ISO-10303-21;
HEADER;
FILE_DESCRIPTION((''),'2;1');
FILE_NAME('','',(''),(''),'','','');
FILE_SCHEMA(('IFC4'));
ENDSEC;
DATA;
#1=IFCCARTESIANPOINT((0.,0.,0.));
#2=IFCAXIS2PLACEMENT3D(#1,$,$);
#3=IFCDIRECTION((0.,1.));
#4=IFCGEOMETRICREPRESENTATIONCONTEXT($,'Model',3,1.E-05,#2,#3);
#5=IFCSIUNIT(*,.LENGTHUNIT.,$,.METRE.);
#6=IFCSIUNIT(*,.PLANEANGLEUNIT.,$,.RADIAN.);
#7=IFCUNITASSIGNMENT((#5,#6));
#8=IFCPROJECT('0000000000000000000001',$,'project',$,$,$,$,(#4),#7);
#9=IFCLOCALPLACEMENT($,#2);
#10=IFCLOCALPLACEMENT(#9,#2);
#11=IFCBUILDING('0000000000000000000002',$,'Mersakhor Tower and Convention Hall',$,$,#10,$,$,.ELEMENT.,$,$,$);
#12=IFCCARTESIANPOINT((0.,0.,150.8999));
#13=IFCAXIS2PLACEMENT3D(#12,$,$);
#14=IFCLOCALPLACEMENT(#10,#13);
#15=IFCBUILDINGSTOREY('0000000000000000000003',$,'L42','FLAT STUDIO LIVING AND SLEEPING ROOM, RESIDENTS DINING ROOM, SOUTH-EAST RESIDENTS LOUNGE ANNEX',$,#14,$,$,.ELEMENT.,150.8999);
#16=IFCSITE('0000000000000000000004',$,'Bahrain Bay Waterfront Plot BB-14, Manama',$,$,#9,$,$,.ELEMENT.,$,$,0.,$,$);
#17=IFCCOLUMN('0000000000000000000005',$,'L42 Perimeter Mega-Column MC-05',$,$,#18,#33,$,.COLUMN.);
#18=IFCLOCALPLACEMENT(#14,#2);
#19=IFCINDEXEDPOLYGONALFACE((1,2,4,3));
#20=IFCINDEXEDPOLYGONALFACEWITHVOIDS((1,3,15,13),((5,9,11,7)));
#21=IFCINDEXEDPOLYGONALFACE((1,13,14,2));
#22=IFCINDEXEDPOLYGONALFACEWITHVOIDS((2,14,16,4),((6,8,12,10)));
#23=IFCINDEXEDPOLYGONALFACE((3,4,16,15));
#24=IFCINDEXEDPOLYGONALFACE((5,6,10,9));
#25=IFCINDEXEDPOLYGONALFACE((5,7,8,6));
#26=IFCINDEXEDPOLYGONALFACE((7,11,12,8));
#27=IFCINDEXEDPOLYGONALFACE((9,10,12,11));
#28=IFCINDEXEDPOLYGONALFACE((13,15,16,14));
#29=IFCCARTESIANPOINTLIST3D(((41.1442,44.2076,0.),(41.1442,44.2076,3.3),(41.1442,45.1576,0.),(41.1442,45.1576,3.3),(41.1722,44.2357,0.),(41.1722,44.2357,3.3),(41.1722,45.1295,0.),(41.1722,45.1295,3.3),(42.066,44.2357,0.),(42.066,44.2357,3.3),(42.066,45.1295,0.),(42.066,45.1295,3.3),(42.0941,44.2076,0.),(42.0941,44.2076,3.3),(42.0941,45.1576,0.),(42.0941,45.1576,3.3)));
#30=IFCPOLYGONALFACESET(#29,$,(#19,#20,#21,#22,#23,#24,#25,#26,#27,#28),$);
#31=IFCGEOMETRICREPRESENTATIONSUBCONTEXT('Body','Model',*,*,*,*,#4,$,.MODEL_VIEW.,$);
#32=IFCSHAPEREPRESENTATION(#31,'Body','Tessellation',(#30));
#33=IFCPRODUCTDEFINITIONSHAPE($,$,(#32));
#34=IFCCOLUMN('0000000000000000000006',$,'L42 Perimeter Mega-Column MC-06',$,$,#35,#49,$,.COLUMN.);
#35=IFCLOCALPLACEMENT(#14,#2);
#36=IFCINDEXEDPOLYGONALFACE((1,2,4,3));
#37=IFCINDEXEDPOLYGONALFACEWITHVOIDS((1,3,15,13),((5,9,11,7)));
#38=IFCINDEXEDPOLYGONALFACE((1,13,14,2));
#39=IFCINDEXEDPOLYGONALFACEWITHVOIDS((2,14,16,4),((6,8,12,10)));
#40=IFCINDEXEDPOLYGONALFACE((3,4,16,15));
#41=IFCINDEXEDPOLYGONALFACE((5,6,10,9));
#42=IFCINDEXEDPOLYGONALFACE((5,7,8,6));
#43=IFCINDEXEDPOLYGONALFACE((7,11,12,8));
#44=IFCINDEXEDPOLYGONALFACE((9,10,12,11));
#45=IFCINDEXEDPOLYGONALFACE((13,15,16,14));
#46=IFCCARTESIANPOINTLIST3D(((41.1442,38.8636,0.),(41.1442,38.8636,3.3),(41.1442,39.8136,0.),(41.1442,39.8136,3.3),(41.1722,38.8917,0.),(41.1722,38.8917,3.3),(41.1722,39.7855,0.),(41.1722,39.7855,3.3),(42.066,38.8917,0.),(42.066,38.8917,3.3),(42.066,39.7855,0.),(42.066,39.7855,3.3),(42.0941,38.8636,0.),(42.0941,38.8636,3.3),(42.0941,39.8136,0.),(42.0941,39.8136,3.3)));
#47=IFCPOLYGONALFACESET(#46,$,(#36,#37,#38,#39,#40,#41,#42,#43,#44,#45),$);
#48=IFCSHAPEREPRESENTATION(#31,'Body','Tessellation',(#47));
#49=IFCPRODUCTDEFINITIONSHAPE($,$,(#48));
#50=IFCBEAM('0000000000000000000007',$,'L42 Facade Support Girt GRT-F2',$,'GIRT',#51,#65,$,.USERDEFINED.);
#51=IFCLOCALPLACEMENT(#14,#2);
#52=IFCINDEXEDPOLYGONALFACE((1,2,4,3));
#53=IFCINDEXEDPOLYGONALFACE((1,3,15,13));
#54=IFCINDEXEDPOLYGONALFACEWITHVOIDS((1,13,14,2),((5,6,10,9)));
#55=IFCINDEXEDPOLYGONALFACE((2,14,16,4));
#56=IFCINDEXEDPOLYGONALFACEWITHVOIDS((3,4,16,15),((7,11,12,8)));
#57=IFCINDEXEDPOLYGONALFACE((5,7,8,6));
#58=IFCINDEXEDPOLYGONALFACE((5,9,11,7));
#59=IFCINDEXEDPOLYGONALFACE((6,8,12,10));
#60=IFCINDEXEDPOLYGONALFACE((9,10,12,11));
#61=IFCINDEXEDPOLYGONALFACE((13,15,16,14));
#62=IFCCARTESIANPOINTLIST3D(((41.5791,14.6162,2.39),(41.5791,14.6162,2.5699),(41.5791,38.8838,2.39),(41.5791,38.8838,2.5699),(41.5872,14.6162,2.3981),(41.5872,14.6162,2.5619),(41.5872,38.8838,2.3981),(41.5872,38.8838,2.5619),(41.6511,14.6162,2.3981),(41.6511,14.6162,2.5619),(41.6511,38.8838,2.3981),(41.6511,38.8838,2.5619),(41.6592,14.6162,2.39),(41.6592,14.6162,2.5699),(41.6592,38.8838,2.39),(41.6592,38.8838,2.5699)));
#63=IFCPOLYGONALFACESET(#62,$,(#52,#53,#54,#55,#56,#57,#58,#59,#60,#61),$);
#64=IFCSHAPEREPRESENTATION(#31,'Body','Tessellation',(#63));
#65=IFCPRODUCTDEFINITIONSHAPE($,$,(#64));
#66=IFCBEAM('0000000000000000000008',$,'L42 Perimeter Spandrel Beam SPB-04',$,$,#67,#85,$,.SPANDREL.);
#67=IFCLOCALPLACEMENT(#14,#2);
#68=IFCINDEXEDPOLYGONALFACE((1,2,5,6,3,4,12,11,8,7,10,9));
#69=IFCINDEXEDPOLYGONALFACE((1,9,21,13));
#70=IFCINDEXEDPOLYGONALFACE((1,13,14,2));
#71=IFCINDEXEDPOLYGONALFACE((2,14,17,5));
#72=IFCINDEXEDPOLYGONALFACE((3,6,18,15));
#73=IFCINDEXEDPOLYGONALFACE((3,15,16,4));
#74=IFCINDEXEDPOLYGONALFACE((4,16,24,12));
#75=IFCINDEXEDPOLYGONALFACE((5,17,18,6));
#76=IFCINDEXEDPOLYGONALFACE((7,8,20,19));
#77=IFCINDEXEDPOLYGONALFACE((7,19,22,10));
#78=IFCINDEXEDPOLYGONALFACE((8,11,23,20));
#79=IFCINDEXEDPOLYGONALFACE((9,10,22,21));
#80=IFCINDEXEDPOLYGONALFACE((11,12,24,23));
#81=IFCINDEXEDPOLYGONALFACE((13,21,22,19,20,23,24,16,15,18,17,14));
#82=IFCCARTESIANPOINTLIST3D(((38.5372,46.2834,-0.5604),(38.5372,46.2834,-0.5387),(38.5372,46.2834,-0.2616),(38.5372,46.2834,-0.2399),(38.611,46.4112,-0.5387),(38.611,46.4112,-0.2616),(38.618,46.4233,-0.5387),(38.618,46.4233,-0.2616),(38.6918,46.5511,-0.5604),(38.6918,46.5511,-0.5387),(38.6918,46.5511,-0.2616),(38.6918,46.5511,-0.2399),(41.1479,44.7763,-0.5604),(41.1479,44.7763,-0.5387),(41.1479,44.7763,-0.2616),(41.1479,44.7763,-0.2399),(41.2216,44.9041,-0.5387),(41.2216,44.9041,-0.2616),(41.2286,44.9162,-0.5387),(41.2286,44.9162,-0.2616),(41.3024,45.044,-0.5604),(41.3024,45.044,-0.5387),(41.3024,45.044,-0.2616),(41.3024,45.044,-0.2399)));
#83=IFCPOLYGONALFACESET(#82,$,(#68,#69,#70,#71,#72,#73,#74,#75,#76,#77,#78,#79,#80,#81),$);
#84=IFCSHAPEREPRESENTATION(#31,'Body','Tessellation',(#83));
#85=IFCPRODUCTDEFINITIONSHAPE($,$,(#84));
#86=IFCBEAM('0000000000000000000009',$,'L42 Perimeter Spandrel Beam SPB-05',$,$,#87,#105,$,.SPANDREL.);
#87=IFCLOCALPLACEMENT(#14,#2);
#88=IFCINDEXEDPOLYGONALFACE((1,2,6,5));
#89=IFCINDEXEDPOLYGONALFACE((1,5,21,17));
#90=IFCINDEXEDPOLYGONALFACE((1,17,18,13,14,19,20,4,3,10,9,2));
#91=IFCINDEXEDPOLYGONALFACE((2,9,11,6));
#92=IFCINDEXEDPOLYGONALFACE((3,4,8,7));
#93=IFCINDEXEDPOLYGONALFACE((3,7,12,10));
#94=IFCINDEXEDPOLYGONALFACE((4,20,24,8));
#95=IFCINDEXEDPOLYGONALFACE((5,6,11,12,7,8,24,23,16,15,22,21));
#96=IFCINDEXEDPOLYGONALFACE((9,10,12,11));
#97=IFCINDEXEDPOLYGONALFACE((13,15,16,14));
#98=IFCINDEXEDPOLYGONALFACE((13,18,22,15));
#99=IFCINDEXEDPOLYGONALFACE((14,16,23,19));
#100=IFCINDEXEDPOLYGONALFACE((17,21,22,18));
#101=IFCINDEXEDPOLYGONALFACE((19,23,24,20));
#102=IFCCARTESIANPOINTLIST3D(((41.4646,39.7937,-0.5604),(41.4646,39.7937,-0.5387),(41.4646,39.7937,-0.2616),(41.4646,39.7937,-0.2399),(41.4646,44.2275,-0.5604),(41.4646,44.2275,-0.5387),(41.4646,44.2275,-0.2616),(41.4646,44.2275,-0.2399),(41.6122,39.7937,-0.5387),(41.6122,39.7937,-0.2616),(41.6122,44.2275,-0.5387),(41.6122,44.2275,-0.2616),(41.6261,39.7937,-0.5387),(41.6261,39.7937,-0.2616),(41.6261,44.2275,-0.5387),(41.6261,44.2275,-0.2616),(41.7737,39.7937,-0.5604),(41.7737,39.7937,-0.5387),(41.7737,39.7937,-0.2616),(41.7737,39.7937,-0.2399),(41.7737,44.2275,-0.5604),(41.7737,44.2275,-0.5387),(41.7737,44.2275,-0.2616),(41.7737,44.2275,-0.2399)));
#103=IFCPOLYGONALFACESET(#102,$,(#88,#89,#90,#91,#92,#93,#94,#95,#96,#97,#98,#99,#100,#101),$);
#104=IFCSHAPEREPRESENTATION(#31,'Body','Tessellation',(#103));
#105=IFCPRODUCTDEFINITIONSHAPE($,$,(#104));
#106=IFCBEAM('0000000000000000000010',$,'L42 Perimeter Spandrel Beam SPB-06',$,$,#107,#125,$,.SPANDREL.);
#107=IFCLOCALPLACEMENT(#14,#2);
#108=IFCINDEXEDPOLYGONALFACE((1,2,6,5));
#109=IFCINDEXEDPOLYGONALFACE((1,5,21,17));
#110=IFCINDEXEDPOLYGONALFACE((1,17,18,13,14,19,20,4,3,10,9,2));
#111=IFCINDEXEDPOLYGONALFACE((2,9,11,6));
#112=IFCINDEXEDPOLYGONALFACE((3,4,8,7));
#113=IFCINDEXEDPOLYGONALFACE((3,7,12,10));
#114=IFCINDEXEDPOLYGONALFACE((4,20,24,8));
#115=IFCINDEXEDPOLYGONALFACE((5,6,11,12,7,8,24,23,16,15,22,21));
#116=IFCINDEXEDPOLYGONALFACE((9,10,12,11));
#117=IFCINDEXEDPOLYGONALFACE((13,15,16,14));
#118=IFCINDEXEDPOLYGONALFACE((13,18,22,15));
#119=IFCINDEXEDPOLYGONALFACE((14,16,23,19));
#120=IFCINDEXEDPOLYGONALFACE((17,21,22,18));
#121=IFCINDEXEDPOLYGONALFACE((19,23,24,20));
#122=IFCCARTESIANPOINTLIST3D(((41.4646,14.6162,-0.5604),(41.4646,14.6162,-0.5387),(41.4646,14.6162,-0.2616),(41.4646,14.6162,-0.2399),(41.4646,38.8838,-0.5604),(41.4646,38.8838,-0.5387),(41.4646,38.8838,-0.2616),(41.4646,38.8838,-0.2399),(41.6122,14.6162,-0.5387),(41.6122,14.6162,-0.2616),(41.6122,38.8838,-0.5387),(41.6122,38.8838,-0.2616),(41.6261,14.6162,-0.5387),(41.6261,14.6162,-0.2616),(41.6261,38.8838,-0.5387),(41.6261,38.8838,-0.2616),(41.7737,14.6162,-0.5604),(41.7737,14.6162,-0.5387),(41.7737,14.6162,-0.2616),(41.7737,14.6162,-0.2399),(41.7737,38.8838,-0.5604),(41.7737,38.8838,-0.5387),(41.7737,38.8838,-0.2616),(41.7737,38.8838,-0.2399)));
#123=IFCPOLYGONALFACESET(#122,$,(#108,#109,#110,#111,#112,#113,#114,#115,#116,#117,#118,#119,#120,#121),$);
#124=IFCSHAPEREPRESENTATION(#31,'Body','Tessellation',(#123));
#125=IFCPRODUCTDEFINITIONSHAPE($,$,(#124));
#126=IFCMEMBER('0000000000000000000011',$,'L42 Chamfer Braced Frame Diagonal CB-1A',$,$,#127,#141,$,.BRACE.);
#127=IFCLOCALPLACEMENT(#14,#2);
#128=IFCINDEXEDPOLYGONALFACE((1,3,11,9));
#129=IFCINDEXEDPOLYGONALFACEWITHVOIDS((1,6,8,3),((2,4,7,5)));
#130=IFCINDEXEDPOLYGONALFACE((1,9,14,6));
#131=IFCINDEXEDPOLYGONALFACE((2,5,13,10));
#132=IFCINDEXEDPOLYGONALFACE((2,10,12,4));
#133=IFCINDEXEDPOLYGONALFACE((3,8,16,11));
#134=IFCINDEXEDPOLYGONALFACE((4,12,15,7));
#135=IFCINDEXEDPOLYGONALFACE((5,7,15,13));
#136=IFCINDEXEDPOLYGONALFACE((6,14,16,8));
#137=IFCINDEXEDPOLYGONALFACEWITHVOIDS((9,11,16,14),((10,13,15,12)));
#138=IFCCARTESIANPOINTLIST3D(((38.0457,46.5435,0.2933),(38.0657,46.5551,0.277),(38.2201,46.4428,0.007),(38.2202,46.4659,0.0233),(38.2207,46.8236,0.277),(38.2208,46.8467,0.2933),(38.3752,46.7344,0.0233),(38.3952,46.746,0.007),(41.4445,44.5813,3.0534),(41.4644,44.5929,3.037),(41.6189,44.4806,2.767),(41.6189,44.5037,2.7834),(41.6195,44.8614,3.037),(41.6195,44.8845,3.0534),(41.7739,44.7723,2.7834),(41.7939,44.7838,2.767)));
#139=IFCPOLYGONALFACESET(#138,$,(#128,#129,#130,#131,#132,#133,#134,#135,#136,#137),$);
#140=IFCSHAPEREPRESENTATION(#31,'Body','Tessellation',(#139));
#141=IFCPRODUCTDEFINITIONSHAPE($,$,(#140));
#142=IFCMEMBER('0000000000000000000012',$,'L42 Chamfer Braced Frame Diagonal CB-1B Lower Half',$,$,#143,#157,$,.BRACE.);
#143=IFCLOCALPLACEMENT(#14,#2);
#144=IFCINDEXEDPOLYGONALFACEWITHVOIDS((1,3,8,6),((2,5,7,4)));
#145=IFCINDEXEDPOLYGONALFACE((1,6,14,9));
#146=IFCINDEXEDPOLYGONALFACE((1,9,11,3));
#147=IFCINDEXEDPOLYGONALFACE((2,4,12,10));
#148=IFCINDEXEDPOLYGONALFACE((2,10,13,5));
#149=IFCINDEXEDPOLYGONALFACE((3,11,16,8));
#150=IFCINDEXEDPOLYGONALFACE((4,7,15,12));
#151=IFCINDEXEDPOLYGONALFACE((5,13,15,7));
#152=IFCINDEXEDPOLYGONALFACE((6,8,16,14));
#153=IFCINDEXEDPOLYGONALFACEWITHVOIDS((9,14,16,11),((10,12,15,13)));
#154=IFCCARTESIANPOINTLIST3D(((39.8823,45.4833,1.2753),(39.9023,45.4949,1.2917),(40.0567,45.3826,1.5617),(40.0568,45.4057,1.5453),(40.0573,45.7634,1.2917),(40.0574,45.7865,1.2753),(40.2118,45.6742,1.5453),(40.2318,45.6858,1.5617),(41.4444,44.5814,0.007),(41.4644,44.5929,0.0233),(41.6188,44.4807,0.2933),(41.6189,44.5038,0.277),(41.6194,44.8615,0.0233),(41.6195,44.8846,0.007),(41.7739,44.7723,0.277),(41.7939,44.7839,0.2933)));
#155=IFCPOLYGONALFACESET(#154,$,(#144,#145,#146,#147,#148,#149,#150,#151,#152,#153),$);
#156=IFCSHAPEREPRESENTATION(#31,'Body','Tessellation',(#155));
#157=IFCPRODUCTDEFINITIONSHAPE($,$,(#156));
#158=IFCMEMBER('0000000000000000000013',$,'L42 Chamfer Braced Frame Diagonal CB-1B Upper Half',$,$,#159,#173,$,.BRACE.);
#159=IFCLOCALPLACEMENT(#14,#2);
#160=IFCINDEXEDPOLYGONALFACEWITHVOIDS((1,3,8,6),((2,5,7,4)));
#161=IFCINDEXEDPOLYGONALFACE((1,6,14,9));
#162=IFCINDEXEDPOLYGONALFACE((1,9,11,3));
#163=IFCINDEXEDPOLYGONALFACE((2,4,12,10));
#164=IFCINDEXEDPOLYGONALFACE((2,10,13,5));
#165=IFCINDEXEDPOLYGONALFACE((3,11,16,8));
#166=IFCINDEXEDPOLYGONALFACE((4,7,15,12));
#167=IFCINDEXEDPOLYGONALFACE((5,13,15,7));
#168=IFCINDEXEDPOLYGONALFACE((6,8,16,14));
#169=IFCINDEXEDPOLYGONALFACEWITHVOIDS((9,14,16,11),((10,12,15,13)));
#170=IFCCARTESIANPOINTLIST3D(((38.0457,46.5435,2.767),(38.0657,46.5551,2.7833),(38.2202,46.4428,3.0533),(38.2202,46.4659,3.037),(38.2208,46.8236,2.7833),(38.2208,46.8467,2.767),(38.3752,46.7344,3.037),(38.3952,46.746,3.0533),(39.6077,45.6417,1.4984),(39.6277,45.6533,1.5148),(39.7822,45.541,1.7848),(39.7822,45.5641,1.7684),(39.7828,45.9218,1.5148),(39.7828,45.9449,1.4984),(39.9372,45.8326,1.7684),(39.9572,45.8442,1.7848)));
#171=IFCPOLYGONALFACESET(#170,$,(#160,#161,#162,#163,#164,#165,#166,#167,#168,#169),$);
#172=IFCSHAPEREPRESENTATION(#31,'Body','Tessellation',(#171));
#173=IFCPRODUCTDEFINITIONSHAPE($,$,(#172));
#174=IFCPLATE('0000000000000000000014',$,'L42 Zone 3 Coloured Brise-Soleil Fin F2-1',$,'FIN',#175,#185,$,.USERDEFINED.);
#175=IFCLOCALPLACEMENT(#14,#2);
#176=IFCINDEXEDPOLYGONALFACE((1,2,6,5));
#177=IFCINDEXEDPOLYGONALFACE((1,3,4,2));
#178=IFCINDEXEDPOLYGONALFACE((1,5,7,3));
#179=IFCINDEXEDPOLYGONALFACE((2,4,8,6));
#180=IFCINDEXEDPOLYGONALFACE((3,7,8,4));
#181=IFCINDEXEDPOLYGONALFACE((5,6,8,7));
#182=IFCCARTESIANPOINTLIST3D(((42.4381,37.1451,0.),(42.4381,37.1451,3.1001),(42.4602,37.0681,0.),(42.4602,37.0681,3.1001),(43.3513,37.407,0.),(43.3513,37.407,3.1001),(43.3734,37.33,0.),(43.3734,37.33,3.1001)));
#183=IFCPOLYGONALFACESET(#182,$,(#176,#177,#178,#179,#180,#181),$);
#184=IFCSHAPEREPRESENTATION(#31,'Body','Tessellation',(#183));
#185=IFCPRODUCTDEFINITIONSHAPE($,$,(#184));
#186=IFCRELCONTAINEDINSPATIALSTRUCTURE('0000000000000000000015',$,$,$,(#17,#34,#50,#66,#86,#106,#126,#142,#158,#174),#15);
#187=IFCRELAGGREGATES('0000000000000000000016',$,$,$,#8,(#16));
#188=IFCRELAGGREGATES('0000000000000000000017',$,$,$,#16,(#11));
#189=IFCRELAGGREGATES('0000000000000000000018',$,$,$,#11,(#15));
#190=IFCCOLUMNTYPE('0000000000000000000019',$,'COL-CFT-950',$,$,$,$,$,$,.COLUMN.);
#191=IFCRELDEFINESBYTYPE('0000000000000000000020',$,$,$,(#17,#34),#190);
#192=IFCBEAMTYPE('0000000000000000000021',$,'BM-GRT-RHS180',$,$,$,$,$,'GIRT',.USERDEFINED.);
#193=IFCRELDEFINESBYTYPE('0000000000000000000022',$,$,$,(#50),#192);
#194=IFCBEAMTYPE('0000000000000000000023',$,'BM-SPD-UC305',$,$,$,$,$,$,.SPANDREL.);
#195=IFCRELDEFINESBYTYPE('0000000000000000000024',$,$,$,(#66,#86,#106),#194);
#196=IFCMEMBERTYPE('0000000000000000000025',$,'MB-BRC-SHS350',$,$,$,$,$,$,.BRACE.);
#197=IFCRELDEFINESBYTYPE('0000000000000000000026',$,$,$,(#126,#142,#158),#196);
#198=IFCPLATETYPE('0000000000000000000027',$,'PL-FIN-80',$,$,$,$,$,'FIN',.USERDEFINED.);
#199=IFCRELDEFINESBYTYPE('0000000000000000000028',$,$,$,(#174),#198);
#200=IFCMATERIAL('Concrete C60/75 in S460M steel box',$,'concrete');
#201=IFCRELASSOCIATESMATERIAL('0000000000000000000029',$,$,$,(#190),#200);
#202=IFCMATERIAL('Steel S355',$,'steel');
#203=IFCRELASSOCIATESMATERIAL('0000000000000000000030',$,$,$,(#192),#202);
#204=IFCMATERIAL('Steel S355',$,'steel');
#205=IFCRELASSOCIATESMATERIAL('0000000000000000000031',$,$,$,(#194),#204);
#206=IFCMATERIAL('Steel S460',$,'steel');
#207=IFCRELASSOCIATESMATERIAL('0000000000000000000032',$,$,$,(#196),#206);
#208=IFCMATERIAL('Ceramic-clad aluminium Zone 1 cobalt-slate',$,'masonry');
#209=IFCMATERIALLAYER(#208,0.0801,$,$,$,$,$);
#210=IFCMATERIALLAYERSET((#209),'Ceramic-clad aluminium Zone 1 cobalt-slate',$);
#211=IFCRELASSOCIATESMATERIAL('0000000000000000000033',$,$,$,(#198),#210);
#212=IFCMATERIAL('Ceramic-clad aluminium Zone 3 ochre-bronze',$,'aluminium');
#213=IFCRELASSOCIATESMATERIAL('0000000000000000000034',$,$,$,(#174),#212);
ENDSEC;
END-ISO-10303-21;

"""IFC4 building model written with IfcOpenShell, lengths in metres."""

from ifc_helpers import new_model, si_unit, direction, frame, origin, origin_2d, place, context, subcontext, project, spatial, rectangle, hollow_rectangle, i_section, extrude, material, layer, layer_set, material_profile, profile_set, type_object, element, save


model = new_model("IFC4")

# Units and contexts
model_context = context("Model", 3, precision=1e-05, world=origin(), true_north=direction((0.0, 1.0)))
body_context = subcontext(model_context, "Body", "Model", "MODEL_VIEW")
ifc_project = project(units=[si_unit("LENGTHUNIT", "METRE"), si_unit("PLANEANGLEUNIT", "RADIAN")], contexts=[model_context])

# Site, building, storey
site_placement = place(None, origin())
site = spatial("IfcSite", under=ifc_project, at=site_placement, Name="Bahrain Bay Waterfront Plot BB-14, Manama", CompositionType="ELEMENT", RefElevation=0.0)
building_placement = place(site_placement, origin())
building = spatial("IfcBuilding", under=site, at=building_placement, Name="Mersakhor Tower and Convention Hall", CompositionType="ELEMENT")
storey_placement = place(building_placement, frame((0.0, 0.0, 150.8999)))
storey = spatial("IfcBuildingStorey", under=building, at=storey_placement, Name="L42", Description="FLAT STUDIO LIVING AND SLEEPING ROOM, RESIDENTS DINING ROOM, SOUTH-EAST RESIDENTS LOUNGE ANNEX", CompositionType="ELEMENT", Elevation=150.8999)

# Columns
ifc_material_1 = material(Name="Concrete C60/75 in S460M steel box", Category="concrete")
ifc_material_profile_1 = material_profile(ifc_material_1, hollow_rectangle(XDim=0.95, YDim=0.95, WallThickness=0.0281, at=origin_2d()), Name="SHS 950x950x28")
ifc_profile_set_1 = profile_set([ifc_material_profile_1], Name="Concrete C60/75 in S460M steel box")
column_type = type_object("IfcColumnType", Name="COL-CFT-950", PredefinedType="COLUMN", material=ifc_profile_set_1)
for number, where, z_axis, x_axis, name in (
    (1, (41.6191, 44.6826, 0.0), (0.0, 0.0, 1.0), (1.0, 0.0, 0.0), "L42 Perimeter Mega-Column MC-05"),
    (2, (41.6191, 39.3386, 0.0), (0.0, 0.0, 1.0), (1.0, 0.0, 0.0), "L42 Perimeter Mega-Column MC-06"),
):
    element("IfcColumn", number, at=place(storey_placement, frame(where, z_axis=z_axis, x_axis=x_axis)), inside=storey, type_object=column_type, Name=name, PredefinedType="COLUMN", context=body_context, shape_type="SweptSolid", body=[
        extrude(hollow_rectangle(XDim=0.95, YDim=0.95, WallThickness=0.0281, at=origin_2d()), origin(), (0.0, 0.0, 1.0), 3.3),
    ])

# Beams
ifc_material_2 = material(Name="Steel S355", Category="steel")
ifc_material_profile_2 = material_profile(ifc_material_2, hollow_rectangle(XDim=0.0801, YDim=0.1799, WallThickness=0.0081, at=origin_2d()), Name="RHS 180x80x8")
ifc_profile_set_2 = profile_set([ifc_material_profile_2], Name="Steel S355")
beam_type_1 = type_object("IfcBeamType", Name="BM-GRT-RHS180", ElementType="GIRT", PredefinedType="USERDEFINED", material=ifc_profile_set_2)
beam_1_placement = place(storey_placement, frame((41.6191, 38.8838, 2.48), z_axis=(0.0, -1.0, 0.0), x_axis=(1.0, 0.0, 0.0)))
element("IfcBeam", 3, at=beam_1_placement, inside=storey, type_object=beam_type_1, Name="L42 Facade Support Girt GRT-F2", ObjectType="GIRT", PredefinedType="USERDEFINED", context=body_context, shape_type="SweptSolid", body=[
    extrude(hollow_rectangle(XDim=0.0801, YDim=0.1799, WallThickness=0.0081, at=origin_2d()), origin(), (0.0, 0.0, 1.0), 24.2676),
])
ifc_material_3 = material(Name="Steel S355", Category="steel")
ifc_material_profile_3 = material_profile(ifc_material_3, i_section(OverallWidth=0.3091, OverallDepth=0.3206, WebThickness=0.0139, FlangeThickness=0.0217, at=origin_2d()), Name="UC 305x305x137")
ifc_profile_set_3 = profile_set([ifc_material_profile_3], Name="Steel S355")
beam_type_2 = type_object("IfcBeamType", Name="BM-SPD-UC305", PredefinedType="SPANDREL", material=ifc_profile_set_3)
beam_2_placement = place(storey_placement, frame((38.6145, 46.4172, -0.4001), z_axis=(0.866047, -0.499963, 0.0), x_axis=(0.499963, 0.866047, 0.0)))
element("IfcBeam", 4, at=beam_2_placement, inside=storey, type_object=beam_type_2, Name="L42 Perimeter Spandrel Beam SPB-04", PredefinedType="SPANDREL", context=body_context, shape_type="SweptSolid", body=[
    extrude(i_section(OverallWidth=0.3091, OverallDepth=0.3206, WebThickness=0.0139, FlangeThickness=0.0217, at=origin_2d()), origin(), (0.0, 0.0, 1.0), 3.0144),
])
beam_3_placement = place(storey_placement, frame((41.6191, 44.2275, -0.4001), z_axis=(0.0, -1.0, 0.0), x_axis=(1.0, 0.0, 0.0)))
element("IfcBeam", 5, at=beam_3_placement, inside=storey, type_object=beam_type_2, Name="L42 Perimeter Spandrel Beam SPB-05", PredefinedType="SPANDREL", context=body_context, shape_type="SweptSolid", body=[
    extrude(i_section(OverallWidth=0.3091, OverallDepth=0.3206, WebThickness=0.0139, FlangeThickness=0.0217, at=origin_2d()), origin(), (0.0, 0.0, 1.0), 4.4338),
])
beam_4_placement = place(storey_placement, frame((41.6191, 38.8838, -0.4001), z_axis=(0.0, -1.0, 0.0), x_axis=(1.0, 0.0, 0.0)))
element("IfcBeam", 6, at=beam_4_placement, inside=storey, type_object=beam_type_2, Name="L42 Perimeter Spandrel Beam SPB-06", PredefinedType="SPANDREL", context=body_context, shape_type="SweptSolid", body=[
    extrude(i_section(OverallWidth=0.3091, OverallDepth=0.3206, WebThickness=0.0139, FlangeThickness=0.0217, at=origin_2d()), origin(), (0.0, 0.0, 1.0), 24.2676),
])

# Members
ifc_material_4 = material(Name="Steel S460", Category="steel")
ifc_material_profile_4 = material_profile(ifc_material_4, hollow_rectangle(XDim=0.3501, YDim=0.3501, WallThickness=0.02, at=origin_2d()), Name="SHS 350x350x20")
ifc_profile_set_4 = profile_set([ifc_material_profile_4], Name="Steel S460")
member_type = type_object("IfcMemberType", Name="MB-BRC-SHS350", PredefinedType="BRACE", material=ifc_profile_set_4)
member_placement = place(storey_placement, frame((38.2205, 46.6448, 0.1501), z_axis=(0.708385, -0.408972, 0.575267), x_axis=(0.499986, 0.866033, 0.0)))
element("IfcMember", 7, at=member_placement, inside=storey, type_object=member_type, Name="L42 Chamfer Braced Frame Diagonal CB-1A", PredefinedType="BRACE", context=body_context, shape_type="SweptSolid", body=[
    extrude(hollow_rectangle(XDim=0.3501, YDim=0.3501, WallThickness=0.02, at=origin_2d()), origin(), (0.0, 0.0, 1.0), 4.7979),
])
for number, where, z_axis, x_axis, name in (
    (8, (41.6191, 44.6826, 0.1501), (-0.708409, 0.409013, 0.575209), (-0.500011, -0.866019, 0.0), "L42 Chamfer Braced Frame Diagonal CB-1B Lower Half"),
    (9, (39.7825, 45.7429, 1.6416), (-0.708364, 0.408987, 0.575283), (-0.500011, -0.866019, 0.0), "L42 Chamfer Braced Frame Diagonal CB-1B Upper Half"),
):
    element("IfcMember", number, at=place(storey_placement, frame(where, z_axis=z_axis, x_axis=x_axis)), inside=storey, type_object=member_type, Name=name, PredefinedType="BRACE", context=body_context, shape_type="SweptSolid", body=[
        extrude(hollow_rectangle(XDim=0.3501, YDim=0.3501, WallThickness=0.02, at=origin_2d()), origin(), (0.0, 0.0, 1.0), 2.2051),
    ])

# Plate
ifc_material_5 = material(Name="Ceramic-clad aluminium Zone 3 ochre-bronze", Category="aluminium")
ifc_material_6 = material(Name="Ceramic-clad aluminium Zone 1 cobalt-slate", Category="masonry")
ifc_layer_1 = layer(ifc_material_6, 0.0801)
ifc_layer_set_1 = layer_set([ifc_layer_1], Name="Ceramic-clad aluminium Zone 1 cobalt-slate")
plate_type_1 = type_object("IfcPlateType", Name="PL-FIN-80", ElementType="FIN", PredefinedType="USERDEFINED", material=ifc_layer_set_1)
plate_1_placement = place(storey_placement, frame((42.9058, 37.2375, 0.0), z_axis=(0.0, 0.0, 1.0), x_axis=(0.961262, 0.275637, 0.0)))
element("IfcPlate", 10, at=plate_1_placement, inside=storey, type_object=plate_type_1, material=ifc_material_5, Name="L42 Zone 3 Coloured Brise-Soleil Fin F2-1", ObjectType="FIN", PredefinedType="USERDEFINED", context=body_context, shape_type="SweptSolid", body=[
    extrude(rectangle(XDim=0.95, YDim=0.0801, at=origin_2d()), origin(), (0.0, 0.0, 1.0), 3.1001),
])

save(model, "model.ifc")
